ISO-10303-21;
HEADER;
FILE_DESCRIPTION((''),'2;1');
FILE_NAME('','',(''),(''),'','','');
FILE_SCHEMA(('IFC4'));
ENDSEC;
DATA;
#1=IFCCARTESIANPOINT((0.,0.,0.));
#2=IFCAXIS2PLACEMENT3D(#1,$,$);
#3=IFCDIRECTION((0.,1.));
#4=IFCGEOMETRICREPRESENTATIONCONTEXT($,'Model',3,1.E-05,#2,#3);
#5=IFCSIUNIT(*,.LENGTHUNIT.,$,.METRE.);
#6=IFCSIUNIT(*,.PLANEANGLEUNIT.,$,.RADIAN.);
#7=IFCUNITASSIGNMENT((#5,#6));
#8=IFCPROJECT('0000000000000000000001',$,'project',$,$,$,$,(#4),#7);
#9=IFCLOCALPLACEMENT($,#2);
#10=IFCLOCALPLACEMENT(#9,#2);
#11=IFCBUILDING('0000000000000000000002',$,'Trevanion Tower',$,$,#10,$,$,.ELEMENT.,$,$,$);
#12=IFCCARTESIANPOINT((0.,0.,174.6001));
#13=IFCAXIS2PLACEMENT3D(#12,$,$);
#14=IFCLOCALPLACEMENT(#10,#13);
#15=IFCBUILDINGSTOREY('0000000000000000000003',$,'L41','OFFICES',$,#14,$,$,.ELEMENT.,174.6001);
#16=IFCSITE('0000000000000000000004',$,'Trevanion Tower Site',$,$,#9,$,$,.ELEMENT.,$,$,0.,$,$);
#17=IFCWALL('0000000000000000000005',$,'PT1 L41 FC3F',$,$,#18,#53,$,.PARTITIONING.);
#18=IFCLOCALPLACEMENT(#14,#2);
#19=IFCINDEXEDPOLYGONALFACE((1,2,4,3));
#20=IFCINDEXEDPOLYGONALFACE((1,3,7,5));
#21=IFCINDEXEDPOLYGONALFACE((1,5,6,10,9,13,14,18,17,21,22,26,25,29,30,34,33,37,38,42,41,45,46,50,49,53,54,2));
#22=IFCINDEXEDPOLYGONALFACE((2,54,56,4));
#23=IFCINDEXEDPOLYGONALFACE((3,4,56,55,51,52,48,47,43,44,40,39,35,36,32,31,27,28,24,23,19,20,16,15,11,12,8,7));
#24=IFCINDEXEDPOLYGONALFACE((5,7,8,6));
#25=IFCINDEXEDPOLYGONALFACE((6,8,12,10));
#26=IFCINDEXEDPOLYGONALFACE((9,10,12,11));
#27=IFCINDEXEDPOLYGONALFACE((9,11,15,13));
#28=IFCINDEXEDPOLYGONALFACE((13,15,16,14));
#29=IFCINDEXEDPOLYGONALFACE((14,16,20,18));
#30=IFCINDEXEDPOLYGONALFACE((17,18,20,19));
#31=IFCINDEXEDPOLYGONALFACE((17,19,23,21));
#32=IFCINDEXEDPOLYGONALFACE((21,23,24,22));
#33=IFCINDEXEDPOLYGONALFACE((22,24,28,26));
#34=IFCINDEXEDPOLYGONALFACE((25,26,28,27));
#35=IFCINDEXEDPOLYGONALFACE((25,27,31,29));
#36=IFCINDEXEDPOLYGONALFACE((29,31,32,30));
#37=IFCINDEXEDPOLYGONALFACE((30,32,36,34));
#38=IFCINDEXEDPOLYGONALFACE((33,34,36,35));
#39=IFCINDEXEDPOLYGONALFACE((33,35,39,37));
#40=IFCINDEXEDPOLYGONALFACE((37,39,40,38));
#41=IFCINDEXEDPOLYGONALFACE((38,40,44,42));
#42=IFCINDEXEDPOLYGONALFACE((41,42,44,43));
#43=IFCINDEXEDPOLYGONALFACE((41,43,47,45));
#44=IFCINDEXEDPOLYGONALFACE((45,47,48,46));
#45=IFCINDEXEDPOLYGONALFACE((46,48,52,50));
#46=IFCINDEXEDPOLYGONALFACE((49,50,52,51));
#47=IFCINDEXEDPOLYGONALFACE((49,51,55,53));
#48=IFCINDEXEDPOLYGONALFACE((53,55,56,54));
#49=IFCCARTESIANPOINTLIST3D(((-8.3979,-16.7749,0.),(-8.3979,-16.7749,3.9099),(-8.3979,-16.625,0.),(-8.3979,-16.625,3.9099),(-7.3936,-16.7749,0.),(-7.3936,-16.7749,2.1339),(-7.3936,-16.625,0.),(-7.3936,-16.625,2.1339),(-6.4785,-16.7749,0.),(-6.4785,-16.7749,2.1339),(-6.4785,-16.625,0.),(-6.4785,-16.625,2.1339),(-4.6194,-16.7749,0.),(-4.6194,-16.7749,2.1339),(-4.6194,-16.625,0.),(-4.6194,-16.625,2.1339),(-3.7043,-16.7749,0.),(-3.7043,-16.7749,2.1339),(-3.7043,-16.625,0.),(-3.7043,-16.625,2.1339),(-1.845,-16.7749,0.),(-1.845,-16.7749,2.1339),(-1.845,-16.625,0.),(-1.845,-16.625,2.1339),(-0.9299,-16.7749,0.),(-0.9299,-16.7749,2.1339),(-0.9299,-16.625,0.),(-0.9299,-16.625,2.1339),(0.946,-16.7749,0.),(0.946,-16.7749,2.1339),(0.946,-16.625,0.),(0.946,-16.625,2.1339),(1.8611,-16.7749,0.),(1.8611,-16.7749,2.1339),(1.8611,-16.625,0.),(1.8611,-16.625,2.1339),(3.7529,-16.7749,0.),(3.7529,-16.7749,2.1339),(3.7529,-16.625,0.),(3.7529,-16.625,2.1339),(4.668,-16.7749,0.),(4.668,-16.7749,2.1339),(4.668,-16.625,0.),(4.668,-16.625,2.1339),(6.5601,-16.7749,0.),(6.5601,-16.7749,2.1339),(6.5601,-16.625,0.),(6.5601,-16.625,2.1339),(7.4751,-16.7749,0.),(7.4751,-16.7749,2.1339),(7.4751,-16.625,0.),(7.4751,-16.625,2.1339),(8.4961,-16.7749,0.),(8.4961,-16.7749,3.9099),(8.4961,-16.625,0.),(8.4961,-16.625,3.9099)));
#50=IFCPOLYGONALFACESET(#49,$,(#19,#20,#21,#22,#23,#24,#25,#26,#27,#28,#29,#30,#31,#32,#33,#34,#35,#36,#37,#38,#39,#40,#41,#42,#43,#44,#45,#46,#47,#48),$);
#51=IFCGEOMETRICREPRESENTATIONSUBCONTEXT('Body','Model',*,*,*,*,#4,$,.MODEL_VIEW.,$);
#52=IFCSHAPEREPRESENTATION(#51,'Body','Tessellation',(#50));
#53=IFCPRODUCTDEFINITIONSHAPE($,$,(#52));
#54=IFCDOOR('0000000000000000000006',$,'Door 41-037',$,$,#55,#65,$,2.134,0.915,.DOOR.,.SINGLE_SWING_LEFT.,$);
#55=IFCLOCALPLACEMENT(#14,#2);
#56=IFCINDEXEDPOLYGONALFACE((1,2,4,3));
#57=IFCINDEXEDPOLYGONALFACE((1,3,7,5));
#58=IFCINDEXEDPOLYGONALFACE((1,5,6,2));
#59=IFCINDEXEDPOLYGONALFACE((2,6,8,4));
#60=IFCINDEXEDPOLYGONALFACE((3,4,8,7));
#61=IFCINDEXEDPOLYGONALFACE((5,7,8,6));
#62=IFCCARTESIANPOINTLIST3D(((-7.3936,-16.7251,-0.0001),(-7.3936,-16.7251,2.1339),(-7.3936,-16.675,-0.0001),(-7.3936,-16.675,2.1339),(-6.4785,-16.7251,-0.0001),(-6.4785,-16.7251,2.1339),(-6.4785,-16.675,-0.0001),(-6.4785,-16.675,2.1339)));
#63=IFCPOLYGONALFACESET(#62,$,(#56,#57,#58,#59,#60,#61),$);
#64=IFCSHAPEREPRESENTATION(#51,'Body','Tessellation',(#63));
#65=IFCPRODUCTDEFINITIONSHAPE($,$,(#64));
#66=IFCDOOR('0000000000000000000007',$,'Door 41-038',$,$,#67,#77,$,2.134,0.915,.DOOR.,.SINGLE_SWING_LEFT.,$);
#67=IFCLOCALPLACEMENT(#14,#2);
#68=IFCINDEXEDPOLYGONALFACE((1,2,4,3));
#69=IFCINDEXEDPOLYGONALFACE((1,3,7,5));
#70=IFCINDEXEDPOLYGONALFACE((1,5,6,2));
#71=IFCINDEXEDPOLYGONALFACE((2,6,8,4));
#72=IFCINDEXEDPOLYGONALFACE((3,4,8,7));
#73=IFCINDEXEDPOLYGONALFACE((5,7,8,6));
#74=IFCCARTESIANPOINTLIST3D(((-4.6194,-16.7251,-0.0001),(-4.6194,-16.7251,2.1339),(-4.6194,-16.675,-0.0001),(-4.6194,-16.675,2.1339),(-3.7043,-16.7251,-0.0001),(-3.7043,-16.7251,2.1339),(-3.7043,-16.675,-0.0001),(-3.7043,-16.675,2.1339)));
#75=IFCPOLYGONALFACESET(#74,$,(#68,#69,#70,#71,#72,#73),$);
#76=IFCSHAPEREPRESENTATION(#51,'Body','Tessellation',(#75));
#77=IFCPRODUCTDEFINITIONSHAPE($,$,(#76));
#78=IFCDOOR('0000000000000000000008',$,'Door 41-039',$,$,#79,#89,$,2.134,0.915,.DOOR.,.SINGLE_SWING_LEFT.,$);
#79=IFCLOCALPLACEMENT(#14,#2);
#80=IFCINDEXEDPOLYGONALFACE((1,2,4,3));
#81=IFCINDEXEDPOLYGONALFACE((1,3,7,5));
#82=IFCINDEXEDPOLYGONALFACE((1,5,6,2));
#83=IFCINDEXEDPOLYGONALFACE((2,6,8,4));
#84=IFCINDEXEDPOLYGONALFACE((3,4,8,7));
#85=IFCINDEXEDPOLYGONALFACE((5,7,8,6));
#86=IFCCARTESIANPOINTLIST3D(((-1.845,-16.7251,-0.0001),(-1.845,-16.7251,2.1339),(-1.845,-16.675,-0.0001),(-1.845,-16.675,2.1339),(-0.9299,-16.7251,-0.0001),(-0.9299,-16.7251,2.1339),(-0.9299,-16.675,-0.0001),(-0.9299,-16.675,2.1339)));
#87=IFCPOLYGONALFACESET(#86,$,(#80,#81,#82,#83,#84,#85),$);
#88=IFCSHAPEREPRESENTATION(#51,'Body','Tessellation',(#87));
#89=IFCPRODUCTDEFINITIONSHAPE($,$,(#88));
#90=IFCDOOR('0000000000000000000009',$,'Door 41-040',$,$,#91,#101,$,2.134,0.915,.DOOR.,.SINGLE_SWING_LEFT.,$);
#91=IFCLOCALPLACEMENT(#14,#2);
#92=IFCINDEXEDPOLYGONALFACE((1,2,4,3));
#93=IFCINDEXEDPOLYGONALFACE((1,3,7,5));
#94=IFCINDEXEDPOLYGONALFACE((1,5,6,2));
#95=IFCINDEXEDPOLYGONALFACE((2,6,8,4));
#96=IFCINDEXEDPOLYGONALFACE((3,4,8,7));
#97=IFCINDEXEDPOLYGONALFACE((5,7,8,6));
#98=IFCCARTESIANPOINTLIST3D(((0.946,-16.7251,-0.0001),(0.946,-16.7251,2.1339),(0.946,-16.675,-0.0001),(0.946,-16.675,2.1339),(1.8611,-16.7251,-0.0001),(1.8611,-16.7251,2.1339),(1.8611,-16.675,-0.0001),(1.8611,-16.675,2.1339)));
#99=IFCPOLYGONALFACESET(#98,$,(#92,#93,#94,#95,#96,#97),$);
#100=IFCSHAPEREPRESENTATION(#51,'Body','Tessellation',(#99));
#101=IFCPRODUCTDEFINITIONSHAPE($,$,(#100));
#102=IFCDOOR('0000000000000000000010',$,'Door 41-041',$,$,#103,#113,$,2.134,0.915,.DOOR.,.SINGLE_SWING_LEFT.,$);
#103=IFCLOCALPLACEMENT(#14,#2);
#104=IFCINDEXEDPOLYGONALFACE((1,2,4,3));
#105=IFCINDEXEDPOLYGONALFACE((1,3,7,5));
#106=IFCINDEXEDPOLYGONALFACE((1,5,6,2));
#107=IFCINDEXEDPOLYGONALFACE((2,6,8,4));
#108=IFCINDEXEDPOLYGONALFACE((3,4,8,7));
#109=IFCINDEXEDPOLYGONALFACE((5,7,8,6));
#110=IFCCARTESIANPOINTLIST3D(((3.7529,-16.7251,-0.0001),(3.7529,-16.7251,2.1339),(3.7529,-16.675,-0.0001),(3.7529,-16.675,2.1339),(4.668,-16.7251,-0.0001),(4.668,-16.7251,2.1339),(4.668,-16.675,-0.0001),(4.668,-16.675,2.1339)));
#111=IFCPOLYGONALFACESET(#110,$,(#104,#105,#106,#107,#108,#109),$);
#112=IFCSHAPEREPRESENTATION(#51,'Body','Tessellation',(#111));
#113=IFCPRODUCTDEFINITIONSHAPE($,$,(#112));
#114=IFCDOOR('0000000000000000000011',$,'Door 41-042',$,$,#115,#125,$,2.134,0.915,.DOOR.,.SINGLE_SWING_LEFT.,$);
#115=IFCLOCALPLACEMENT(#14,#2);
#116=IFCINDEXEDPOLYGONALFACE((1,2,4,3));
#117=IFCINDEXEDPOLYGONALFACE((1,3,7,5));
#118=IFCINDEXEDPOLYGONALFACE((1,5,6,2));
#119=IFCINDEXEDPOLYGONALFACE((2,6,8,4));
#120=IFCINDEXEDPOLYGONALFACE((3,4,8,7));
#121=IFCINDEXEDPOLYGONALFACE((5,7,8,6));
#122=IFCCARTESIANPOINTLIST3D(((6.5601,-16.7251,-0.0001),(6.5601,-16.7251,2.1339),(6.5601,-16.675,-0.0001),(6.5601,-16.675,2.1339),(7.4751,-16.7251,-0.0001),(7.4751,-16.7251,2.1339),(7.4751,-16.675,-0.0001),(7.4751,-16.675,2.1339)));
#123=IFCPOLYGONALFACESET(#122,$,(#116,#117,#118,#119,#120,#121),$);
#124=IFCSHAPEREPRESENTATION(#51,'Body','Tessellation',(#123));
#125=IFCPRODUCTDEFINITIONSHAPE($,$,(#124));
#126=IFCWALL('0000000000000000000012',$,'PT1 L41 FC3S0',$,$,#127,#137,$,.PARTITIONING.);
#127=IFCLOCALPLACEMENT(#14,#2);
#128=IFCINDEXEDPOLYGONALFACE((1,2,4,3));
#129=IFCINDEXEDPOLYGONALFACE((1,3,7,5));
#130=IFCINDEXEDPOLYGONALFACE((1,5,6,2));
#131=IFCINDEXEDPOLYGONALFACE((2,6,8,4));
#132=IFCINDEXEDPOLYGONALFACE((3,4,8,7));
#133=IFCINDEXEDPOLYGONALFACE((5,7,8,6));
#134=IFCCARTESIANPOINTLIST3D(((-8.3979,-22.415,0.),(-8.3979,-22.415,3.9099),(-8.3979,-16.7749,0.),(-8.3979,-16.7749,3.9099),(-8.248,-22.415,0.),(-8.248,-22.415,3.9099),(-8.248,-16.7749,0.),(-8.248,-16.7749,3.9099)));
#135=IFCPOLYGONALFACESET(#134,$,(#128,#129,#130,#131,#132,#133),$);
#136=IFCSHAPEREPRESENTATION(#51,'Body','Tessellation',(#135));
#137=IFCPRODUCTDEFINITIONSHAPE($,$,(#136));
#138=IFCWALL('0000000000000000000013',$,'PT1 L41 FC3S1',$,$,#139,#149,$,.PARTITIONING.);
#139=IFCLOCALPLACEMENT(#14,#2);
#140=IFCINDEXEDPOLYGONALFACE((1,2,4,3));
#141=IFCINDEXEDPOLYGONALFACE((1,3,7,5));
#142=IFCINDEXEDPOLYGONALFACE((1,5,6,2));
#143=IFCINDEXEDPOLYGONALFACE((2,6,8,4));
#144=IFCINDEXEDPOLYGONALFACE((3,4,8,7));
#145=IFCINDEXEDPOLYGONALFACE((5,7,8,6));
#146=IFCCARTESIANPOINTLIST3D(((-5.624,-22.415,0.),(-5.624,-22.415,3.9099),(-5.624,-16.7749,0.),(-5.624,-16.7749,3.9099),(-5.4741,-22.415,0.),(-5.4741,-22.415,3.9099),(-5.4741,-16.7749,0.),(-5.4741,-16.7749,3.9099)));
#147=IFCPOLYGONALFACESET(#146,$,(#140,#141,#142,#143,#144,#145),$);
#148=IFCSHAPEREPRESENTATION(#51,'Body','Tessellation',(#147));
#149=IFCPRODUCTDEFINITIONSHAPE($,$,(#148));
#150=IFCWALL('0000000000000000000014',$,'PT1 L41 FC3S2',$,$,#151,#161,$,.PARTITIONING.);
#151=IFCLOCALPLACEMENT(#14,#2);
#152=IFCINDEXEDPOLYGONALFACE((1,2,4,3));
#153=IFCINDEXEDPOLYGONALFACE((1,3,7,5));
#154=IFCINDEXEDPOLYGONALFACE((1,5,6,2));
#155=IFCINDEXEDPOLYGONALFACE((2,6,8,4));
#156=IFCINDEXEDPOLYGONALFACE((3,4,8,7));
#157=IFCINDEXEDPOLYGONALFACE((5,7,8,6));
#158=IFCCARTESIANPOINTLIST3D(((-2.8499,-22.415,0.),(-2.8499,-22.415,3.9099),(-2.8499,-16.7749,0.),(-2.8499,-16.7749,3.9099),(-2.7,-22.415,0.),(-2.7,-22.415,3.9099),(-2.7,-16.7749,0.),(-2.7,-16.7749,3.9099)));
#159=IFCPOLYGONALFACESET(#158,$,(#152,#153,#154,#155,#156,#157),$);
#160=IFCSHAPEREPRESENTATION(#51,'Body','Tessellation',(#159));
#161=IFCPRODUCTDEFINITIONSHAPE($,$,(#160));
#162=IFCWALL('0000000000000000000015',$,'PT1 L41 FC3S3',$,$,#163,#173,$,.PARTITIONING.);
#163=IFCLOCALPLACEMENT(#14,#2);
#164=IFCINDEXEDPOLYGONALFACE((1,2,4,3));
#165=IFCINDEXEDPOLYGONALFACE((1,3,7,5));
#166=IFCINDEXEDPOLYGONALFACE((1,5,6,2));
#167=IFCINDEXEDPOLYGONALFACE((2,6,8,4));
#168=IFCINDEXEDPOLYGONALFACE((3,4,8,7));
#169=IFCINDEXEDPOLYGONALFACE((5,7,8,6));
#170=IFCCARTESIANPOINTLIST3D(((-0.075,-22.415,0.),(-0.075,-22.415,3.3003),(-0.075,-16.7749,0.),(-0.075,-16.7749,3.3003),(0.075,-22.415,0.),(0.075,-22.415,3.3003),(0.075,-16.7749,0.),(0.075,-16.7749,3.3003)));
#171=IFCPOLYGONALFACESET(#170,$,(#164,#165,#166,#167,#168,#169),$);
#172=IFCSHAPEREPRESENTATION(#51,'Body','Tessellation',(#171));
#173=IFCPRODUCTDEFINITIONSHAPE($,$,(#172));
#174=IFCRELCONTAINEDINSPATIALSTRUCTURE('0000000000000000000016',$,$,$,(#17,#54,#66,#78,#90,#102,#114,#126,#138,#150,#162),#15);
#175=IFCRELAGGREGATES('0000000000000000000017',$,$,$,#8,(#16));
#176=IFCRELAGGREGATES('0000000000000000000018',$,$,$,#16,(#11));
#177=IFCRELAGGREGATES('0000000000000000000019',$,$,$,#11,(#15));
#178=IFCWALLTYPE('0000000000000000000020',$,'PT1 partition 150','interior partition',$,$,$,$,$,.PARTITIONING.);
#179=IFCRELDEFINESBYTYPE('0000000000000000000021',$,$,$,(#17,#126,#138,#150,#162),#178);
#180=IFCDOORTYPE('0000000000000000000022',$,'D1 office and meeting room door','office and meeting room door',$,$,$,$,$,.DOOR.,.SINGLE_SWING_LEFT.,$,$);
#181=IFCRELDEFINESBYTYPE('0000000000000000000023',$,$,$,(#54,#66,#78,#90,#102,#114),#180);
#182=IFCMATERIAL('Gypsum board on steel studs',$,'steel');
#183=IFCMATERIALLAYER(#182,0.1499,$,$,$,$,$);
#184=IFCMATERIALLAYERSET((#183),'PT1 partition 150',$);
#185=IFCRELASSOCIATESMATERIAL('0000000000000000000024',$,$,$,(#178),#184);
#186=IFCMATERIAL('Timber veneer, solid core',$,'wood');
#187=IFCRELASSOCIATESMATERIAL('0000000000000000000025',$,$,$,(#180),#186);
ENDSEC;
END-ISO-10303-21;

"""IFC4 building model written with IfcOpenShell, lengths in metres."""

from ifc_helpers import new_model, si_unit, direction, frame, frame_2d, origin, place, context, subcontext, project, spatial, rectangle, extrude, material, layer, layer_set, type_object, element, fill, save


model = new_model("IFC4")

# Units and contexts
model_context = context("Model", 3, precision=1e-05, world=origin(), true_north=direction((0.0, 1.0)))
body_context = subcontext(model_context, "Body", "Model", "MODEL_VIEW")
ifc_project = project(units=[si_unit("LENGTHUNIT", "METRE"), si_unit("PLANEANGLEUNIT", "RADIAN")], contexts=[model_context])

# Site, building, storey
site_placement = place(None, origin())
site = spatial("IfcSite", under=ifc_project, at=site_placement, Name="Trevanion Tower Site", CompositionType="ELEMENT", RefElevation=0.0)
building_placement = place(site_placement, origin())
building = spatial("IfcBuilding", under=site, at=building_placement, Name="Trevanion Tower", CompositionType="ELEMENT")
storey_placement = place(building_placement, frame((0.0, 0.0, 174.6001)))
storey = spatial("IfcBuildingStorey", under=building, at=storey_placement, Name="L41", Description="OFFICES", CompositionType="ELEMENT", Elevation=174.6001)

# Wall, openings, doors
ifc_material_1 = material(Name="Gypsum board on steel studs", Category="steel")
ifc_layer_1 = layer(ifc_material_1, 0.1499)
ifc_layer_set_1 = layer_set([ifc_layer_1], Name="PT1 partition 150")
wall_type = type_object("IfcWallType", Name="PT1 partition 150", Description="interior partition", PredefinedType="PARTITIONING", material=ifc_layer_set_1)
wall_1_placement = place(storey_placement, frame((-8.3979, -16.7, 0.0), z_axis=(0.0, 0.0, 1.0), x_axis=(1.0, 0.0, 0.0)))
wall_1 = element("IfcWall", 1, at=wall_1_placement, inside=storey, type_object=wall_type, Name="PT1 L41 FC3F", PredefinedType="PARTITIONING", context=body_context, shape_type="SweptSolid", body=[
    extrude(rectangle(XDim=16.894, YDim=0.1499, at=frame_2d((8.447, 0.0))), origin(), (0.0, 0.0, 1.0), 3.9099),
])
opening_1_placement = place(wall_1_placement, frame((1.0044, 0.0, 0.0)))
opening_1 = element("IfcOpeningElement", 2, at=opening_1_placement, cuts=wall_1, PredefinedType="OPENING", context=body_context, shape_type="SweptSolid", body=[
    extrude(rectangle(XDim=0.915, YDim=2.134, at=frame_2d((0.4575, 1.0669))), frame((0.0, 0.085, 0.0), z_axis=(0.0, -1.0, 0.0), x_axis=(1.0, 0.0, 0.0)), (0.0, 0.0, 1.0), 0.1699),
])
opening_2_placement = place(wall_1_placement, frame((3.7786, 0.0, 0.0)))
opening_2 = element("IfcOpeningElement", 3, at=opening_2_placement, cuts=wall_1, PredefinedType="OPENING", context=body_context, shape_type="SweptSolid", body=[
    extrude(rectangle(XDim=0.915, YDim=2.134, at=frame_2d((0.4575, 1.0669))), frame((0.0, 0.085, 0.0), z_axis=(0.0, -1.0, 0.0), x_axis=(1.0, 0.0, 0.0)), (0.0, 0.0, 1.0), 0.1699),
])
opening_3_placement = place(wall_1_placement, frame((6.553, 0.0, 0.0)))
opening_3 = element("IfcOpeningElement", 4, at=opening_3_placement, cuts=wall_1, PredefinedType="OPENING", context=body_context, shape_type="SweptSolid", body=[
    extrude(rectangle(XDim=0.915, YDim=2.134, at=frame_2d((0.4575, 1.0669))), frame((0.0, 0.085, 0.0), z_axis=(0.0, -1.0, 0.0), x_axis=(1.0, 0.0, 0.0)), (0.0, 0.0, 1.0), 0.1699),
])
opening_4_placement = place(wall_1_placement, frame((9.344, 0.0, 0.0)))
opening_4 = element("IfcOpeningElement", 5, at=opening_4_placement, cuts=wall_1, PredefinedType="OPENING", context=body_context, shape_type="SweptSolid", body=[
    extrude(rectangle(XDim=0.915, YDim=2.134, at=frame_2d((0.4575, 1.0669))), frame((0.0, 0.085, 0.0), z_axis=(0.0, -1.0, 0.0), x_axis=(1.0, 0.0, 0.0)), (0.0, 0.0, 1.0), 0.1699),
])
opening_5_placement = place(wall_1_placement, frame((12.1509, 0.0, 0.0)))
opening_5 = element("IfcOpeningElement", 6, at=opening_5_placement, cuts=wall_1, PredefinedType="OPENING", context=body_context, shape_type="SweptSolid", body=[
    extrude(rectangle(XDim=0.915, YDim=2.134, at=frame_2d((0.4575, 1.0669))), frame((0.0, 0.085, 0.0), z_axis=(0.0, -1.0, 0.0), x_axis=(1.0, 0.0, 0.0)), (0.0, 0.0, 1.0), 0.1699),
])
opening_6_placement = place(wall_1_placement, frame((14.958, 0.0, 0.0)))
opening_6 = element("IfcOpeningElement", 7, at=opening_6_placement, cuts=wall_1, PredefinedType="OPENING", context=body_context, shape_type="SweptSolid", body=[
    extrude(rectangle(XDim=0.915, YDim=2.134, at=frame_2d((0.4575, 1.0669))), frame((0.0, 0.085, 0.0), z_axis=(0.0, -1.0, 0.0), x_axis=(1.0, 0.0, 0.0)), (0.0, 0.0, 1.0), 0.1699),
])
ifc_material_2 = material(Name="Timber veneer, solid core", Category="wood")
door_type = type_object("IfcDoorType", Name="D1 office and meeting room door", Description="office and meeting room door", OperationType="SINGLE_SWING_LEFT", PredefinedType="DOOR", material=ifc_material_2)
door_1_placement = place(opening_1_placement, origin())
door_1 = element("IfcDoor", 8, at=door_1_placement, inside=storey, type_object=door_type, Name="Door 41-037", OperationType="SINGLE_SWING_LEFT", OverallHeight=2.134, OverallWidth=0.915, PredefinedType="DOOR", context=body_context, shape_type="SweptSolid", body=[
    extrude(rectangle(XDim=0.915, YDim=2.134, at=frame_2d((0.4575, 1.0669))), frame((0.0, 0.0249, 0.0), z_axis=(0.0, -1.0, 0.0), x_axis=(1.0, 0.0, 0.0)), (0.0, 0.0, 1.0), 0.05),
])
fill(opening_1, door_1)
door_2_placement = place(opening_2_placement, origin())
door_2 = element("IfcDoor", 9, at=door_2_placement, inside=storey, type_object=door_type, Name="Door 41-038", OperationType="SINGLE_SWING_LEFT", OverallHeight=2.134, OverallWidth=0.915, PredefinedType="DOOR", context=body_context, shape_type="SweptSolid", body=[
    extrude(rectangle(XDim=0.915, YDim=2.134, at=frame_2d((0.4575, 1.0669))), frame((0.0, 0.0249, 0.0), z_axis=(0.0, -1.0, 0.0), x_axis=(1.0, 0.0, 0.0)), (0.0, 0.0, 1.0), 0.05),
])
fill(opening_2, door_2)
door_3_placement = place(opening_3_placement, origin())
door_3 = element("IfcDoor", 10, at=door_3_placement, inside=storey, type_object=door_type, Name="Door 41-039", OperationType="SINGLE_SWING_LEFT", OverallHeight=2.134, OverallWidth=0.915, PredefinedType="DOOR", context=body_context, shape_type="SweptSolid", body=[
    extrude(rectangle(XDim=0.915, YDim=2.134, at=frame_2d((0.4575, 1.0669))), frame((0.0, 0.0249, 0.0), z_axis=(0.0, -1.0, 0.0), x_axis=(1.0, 0.0, 0.0)), (0.0, 0.0, 1.0), 0.05),
])
fill(opening_3, door_3)
door_4_placement = place(opening_4_placement, origin())
door_4 = element("IfcDoor", 11, at=door_4_placement, inside=storey, type_object=door_type, Name="Door 41-040", OperationType="SINGLE_SWING_LEFT", OverallHeight=2.134, OverallWidth=0.915, PredefinedType="DOOR", context=body_context, shape_type="SweptSolid", body=[
    extrude(rectangle(XDim=0.915, YDim=2.134, at=frame_2d((0.4575, 1.0669))), frame((0.0, 0.0249, 0.0), z_axis=(0.0, -1.0, 0.0), x_axis=(1.0, 0.0, 0.0)), (0.0, 0.0, 1.0), 0.05),
])
fill(opening_4, door_4)
door_5_placement = place(opening_5_placement, origin())
door_5 = element("IfcDoor", 12, at=door_5_placement, inside=storey, type_object=door_type, Name="Door 41-041", OperationType="SINGLE_SWING_LEFT", OverallHeight=2.134, OverallWidth=0.915, PredefinedType="DOOR", context=body_context, shape_type="SweptSolid", body=[
    extrude(rectangle(XDim=0.915, YDim=2.134, at=frame_2d((0.4575, 1.0669))), frame((0.0, 0.0249, 0.0), z_axis=(0.0, -1.0, 0.0), x_axis=(1.0, 0.0, 0.0)), (0.0, 0.0, 1.0), 0.05),
])
fill(opening_5, door_5)
door_6_placement = place(opening_6_placement, origin())
door_6 = element("IfcDoor", 13, at=door_6_placement, inside=storey, type_object=door_type, Name="Door 41-042", OperationType="SINGLE_SWING_LEFT", OverallHeight=2.134, OverallWidth=0.915, PredefinedType="DOOR", context=body_context, shape_type="SweptSolid", body=[
    extrude(rectangle(XDim=0.915, YDim=2.134, at=frame_2d((0.4575, 1.0669))), frame((0.0, 0.0249, 0.0), z_axis=(0.0, -1.0, 0.0), x_axis=(1.0, 0.0, 0.0)), (0.0, 0.0, 1.0), 0.05),
])
fill(opening_6, door_6)

# Walls
for number, where, z_axis, x_axis, name in (
    (14, (-8.323, -16.7749, 0.0), (0.0, 0.0, 1.0), (0.0, -1.0, 0.0), "PT1 L41 FC3S0"),
    (15, (-5.5491, -16.7749, 0.0), (0.0, 0.0, 1.0), (0.0, -1.0, 0.0), "PT1 L41 FC3S1"),
    (16, (-2.7749, -16.7749, 0.0), (0.0, 0.0, 1.0), (0.0, -1.0, 0.0), "PT1 L41 FC3S2"),
):
    element("IfcWall", number, at=place(storey_placement, frame(where, z_axis=z_axis, x_axis=x_axis)), inside=storey, type_object=wall_type, Name=name, PredefinedType="PARTITIONING", context=body_context, shape_type="SweptSolid", body=[
        extrude(rectangle(XDim=5.6401, YDim=0.1499, at=frame_2d((2.8201, 0.0))), origin(), (0.0, 0.0, 1.0), 3.9099),
    ])
wall_2_placement = place(storey_placement, frame((0.0, -16.7749, 0.0), z_axis=(0.0, 0.0, 1.0), x_axis=(0.0, -1.0, 0.0)))
element("IfcWall", 17, at=wall_2_placement, inside=storey, type_object=wall_type, Name="PT1 L41 FC3S3", PredefinedType="PARTITIONING", context=body_context, shape_type="SweptSolid", body=[
    extrude(rectangle(XDim=5.6401, YDim=0.1499, at=frame_2d((2.8201, 0.0))), origin(), (0.0, 0.0, 1.0), 3.3003),
])

save(model, "model.ifc")
